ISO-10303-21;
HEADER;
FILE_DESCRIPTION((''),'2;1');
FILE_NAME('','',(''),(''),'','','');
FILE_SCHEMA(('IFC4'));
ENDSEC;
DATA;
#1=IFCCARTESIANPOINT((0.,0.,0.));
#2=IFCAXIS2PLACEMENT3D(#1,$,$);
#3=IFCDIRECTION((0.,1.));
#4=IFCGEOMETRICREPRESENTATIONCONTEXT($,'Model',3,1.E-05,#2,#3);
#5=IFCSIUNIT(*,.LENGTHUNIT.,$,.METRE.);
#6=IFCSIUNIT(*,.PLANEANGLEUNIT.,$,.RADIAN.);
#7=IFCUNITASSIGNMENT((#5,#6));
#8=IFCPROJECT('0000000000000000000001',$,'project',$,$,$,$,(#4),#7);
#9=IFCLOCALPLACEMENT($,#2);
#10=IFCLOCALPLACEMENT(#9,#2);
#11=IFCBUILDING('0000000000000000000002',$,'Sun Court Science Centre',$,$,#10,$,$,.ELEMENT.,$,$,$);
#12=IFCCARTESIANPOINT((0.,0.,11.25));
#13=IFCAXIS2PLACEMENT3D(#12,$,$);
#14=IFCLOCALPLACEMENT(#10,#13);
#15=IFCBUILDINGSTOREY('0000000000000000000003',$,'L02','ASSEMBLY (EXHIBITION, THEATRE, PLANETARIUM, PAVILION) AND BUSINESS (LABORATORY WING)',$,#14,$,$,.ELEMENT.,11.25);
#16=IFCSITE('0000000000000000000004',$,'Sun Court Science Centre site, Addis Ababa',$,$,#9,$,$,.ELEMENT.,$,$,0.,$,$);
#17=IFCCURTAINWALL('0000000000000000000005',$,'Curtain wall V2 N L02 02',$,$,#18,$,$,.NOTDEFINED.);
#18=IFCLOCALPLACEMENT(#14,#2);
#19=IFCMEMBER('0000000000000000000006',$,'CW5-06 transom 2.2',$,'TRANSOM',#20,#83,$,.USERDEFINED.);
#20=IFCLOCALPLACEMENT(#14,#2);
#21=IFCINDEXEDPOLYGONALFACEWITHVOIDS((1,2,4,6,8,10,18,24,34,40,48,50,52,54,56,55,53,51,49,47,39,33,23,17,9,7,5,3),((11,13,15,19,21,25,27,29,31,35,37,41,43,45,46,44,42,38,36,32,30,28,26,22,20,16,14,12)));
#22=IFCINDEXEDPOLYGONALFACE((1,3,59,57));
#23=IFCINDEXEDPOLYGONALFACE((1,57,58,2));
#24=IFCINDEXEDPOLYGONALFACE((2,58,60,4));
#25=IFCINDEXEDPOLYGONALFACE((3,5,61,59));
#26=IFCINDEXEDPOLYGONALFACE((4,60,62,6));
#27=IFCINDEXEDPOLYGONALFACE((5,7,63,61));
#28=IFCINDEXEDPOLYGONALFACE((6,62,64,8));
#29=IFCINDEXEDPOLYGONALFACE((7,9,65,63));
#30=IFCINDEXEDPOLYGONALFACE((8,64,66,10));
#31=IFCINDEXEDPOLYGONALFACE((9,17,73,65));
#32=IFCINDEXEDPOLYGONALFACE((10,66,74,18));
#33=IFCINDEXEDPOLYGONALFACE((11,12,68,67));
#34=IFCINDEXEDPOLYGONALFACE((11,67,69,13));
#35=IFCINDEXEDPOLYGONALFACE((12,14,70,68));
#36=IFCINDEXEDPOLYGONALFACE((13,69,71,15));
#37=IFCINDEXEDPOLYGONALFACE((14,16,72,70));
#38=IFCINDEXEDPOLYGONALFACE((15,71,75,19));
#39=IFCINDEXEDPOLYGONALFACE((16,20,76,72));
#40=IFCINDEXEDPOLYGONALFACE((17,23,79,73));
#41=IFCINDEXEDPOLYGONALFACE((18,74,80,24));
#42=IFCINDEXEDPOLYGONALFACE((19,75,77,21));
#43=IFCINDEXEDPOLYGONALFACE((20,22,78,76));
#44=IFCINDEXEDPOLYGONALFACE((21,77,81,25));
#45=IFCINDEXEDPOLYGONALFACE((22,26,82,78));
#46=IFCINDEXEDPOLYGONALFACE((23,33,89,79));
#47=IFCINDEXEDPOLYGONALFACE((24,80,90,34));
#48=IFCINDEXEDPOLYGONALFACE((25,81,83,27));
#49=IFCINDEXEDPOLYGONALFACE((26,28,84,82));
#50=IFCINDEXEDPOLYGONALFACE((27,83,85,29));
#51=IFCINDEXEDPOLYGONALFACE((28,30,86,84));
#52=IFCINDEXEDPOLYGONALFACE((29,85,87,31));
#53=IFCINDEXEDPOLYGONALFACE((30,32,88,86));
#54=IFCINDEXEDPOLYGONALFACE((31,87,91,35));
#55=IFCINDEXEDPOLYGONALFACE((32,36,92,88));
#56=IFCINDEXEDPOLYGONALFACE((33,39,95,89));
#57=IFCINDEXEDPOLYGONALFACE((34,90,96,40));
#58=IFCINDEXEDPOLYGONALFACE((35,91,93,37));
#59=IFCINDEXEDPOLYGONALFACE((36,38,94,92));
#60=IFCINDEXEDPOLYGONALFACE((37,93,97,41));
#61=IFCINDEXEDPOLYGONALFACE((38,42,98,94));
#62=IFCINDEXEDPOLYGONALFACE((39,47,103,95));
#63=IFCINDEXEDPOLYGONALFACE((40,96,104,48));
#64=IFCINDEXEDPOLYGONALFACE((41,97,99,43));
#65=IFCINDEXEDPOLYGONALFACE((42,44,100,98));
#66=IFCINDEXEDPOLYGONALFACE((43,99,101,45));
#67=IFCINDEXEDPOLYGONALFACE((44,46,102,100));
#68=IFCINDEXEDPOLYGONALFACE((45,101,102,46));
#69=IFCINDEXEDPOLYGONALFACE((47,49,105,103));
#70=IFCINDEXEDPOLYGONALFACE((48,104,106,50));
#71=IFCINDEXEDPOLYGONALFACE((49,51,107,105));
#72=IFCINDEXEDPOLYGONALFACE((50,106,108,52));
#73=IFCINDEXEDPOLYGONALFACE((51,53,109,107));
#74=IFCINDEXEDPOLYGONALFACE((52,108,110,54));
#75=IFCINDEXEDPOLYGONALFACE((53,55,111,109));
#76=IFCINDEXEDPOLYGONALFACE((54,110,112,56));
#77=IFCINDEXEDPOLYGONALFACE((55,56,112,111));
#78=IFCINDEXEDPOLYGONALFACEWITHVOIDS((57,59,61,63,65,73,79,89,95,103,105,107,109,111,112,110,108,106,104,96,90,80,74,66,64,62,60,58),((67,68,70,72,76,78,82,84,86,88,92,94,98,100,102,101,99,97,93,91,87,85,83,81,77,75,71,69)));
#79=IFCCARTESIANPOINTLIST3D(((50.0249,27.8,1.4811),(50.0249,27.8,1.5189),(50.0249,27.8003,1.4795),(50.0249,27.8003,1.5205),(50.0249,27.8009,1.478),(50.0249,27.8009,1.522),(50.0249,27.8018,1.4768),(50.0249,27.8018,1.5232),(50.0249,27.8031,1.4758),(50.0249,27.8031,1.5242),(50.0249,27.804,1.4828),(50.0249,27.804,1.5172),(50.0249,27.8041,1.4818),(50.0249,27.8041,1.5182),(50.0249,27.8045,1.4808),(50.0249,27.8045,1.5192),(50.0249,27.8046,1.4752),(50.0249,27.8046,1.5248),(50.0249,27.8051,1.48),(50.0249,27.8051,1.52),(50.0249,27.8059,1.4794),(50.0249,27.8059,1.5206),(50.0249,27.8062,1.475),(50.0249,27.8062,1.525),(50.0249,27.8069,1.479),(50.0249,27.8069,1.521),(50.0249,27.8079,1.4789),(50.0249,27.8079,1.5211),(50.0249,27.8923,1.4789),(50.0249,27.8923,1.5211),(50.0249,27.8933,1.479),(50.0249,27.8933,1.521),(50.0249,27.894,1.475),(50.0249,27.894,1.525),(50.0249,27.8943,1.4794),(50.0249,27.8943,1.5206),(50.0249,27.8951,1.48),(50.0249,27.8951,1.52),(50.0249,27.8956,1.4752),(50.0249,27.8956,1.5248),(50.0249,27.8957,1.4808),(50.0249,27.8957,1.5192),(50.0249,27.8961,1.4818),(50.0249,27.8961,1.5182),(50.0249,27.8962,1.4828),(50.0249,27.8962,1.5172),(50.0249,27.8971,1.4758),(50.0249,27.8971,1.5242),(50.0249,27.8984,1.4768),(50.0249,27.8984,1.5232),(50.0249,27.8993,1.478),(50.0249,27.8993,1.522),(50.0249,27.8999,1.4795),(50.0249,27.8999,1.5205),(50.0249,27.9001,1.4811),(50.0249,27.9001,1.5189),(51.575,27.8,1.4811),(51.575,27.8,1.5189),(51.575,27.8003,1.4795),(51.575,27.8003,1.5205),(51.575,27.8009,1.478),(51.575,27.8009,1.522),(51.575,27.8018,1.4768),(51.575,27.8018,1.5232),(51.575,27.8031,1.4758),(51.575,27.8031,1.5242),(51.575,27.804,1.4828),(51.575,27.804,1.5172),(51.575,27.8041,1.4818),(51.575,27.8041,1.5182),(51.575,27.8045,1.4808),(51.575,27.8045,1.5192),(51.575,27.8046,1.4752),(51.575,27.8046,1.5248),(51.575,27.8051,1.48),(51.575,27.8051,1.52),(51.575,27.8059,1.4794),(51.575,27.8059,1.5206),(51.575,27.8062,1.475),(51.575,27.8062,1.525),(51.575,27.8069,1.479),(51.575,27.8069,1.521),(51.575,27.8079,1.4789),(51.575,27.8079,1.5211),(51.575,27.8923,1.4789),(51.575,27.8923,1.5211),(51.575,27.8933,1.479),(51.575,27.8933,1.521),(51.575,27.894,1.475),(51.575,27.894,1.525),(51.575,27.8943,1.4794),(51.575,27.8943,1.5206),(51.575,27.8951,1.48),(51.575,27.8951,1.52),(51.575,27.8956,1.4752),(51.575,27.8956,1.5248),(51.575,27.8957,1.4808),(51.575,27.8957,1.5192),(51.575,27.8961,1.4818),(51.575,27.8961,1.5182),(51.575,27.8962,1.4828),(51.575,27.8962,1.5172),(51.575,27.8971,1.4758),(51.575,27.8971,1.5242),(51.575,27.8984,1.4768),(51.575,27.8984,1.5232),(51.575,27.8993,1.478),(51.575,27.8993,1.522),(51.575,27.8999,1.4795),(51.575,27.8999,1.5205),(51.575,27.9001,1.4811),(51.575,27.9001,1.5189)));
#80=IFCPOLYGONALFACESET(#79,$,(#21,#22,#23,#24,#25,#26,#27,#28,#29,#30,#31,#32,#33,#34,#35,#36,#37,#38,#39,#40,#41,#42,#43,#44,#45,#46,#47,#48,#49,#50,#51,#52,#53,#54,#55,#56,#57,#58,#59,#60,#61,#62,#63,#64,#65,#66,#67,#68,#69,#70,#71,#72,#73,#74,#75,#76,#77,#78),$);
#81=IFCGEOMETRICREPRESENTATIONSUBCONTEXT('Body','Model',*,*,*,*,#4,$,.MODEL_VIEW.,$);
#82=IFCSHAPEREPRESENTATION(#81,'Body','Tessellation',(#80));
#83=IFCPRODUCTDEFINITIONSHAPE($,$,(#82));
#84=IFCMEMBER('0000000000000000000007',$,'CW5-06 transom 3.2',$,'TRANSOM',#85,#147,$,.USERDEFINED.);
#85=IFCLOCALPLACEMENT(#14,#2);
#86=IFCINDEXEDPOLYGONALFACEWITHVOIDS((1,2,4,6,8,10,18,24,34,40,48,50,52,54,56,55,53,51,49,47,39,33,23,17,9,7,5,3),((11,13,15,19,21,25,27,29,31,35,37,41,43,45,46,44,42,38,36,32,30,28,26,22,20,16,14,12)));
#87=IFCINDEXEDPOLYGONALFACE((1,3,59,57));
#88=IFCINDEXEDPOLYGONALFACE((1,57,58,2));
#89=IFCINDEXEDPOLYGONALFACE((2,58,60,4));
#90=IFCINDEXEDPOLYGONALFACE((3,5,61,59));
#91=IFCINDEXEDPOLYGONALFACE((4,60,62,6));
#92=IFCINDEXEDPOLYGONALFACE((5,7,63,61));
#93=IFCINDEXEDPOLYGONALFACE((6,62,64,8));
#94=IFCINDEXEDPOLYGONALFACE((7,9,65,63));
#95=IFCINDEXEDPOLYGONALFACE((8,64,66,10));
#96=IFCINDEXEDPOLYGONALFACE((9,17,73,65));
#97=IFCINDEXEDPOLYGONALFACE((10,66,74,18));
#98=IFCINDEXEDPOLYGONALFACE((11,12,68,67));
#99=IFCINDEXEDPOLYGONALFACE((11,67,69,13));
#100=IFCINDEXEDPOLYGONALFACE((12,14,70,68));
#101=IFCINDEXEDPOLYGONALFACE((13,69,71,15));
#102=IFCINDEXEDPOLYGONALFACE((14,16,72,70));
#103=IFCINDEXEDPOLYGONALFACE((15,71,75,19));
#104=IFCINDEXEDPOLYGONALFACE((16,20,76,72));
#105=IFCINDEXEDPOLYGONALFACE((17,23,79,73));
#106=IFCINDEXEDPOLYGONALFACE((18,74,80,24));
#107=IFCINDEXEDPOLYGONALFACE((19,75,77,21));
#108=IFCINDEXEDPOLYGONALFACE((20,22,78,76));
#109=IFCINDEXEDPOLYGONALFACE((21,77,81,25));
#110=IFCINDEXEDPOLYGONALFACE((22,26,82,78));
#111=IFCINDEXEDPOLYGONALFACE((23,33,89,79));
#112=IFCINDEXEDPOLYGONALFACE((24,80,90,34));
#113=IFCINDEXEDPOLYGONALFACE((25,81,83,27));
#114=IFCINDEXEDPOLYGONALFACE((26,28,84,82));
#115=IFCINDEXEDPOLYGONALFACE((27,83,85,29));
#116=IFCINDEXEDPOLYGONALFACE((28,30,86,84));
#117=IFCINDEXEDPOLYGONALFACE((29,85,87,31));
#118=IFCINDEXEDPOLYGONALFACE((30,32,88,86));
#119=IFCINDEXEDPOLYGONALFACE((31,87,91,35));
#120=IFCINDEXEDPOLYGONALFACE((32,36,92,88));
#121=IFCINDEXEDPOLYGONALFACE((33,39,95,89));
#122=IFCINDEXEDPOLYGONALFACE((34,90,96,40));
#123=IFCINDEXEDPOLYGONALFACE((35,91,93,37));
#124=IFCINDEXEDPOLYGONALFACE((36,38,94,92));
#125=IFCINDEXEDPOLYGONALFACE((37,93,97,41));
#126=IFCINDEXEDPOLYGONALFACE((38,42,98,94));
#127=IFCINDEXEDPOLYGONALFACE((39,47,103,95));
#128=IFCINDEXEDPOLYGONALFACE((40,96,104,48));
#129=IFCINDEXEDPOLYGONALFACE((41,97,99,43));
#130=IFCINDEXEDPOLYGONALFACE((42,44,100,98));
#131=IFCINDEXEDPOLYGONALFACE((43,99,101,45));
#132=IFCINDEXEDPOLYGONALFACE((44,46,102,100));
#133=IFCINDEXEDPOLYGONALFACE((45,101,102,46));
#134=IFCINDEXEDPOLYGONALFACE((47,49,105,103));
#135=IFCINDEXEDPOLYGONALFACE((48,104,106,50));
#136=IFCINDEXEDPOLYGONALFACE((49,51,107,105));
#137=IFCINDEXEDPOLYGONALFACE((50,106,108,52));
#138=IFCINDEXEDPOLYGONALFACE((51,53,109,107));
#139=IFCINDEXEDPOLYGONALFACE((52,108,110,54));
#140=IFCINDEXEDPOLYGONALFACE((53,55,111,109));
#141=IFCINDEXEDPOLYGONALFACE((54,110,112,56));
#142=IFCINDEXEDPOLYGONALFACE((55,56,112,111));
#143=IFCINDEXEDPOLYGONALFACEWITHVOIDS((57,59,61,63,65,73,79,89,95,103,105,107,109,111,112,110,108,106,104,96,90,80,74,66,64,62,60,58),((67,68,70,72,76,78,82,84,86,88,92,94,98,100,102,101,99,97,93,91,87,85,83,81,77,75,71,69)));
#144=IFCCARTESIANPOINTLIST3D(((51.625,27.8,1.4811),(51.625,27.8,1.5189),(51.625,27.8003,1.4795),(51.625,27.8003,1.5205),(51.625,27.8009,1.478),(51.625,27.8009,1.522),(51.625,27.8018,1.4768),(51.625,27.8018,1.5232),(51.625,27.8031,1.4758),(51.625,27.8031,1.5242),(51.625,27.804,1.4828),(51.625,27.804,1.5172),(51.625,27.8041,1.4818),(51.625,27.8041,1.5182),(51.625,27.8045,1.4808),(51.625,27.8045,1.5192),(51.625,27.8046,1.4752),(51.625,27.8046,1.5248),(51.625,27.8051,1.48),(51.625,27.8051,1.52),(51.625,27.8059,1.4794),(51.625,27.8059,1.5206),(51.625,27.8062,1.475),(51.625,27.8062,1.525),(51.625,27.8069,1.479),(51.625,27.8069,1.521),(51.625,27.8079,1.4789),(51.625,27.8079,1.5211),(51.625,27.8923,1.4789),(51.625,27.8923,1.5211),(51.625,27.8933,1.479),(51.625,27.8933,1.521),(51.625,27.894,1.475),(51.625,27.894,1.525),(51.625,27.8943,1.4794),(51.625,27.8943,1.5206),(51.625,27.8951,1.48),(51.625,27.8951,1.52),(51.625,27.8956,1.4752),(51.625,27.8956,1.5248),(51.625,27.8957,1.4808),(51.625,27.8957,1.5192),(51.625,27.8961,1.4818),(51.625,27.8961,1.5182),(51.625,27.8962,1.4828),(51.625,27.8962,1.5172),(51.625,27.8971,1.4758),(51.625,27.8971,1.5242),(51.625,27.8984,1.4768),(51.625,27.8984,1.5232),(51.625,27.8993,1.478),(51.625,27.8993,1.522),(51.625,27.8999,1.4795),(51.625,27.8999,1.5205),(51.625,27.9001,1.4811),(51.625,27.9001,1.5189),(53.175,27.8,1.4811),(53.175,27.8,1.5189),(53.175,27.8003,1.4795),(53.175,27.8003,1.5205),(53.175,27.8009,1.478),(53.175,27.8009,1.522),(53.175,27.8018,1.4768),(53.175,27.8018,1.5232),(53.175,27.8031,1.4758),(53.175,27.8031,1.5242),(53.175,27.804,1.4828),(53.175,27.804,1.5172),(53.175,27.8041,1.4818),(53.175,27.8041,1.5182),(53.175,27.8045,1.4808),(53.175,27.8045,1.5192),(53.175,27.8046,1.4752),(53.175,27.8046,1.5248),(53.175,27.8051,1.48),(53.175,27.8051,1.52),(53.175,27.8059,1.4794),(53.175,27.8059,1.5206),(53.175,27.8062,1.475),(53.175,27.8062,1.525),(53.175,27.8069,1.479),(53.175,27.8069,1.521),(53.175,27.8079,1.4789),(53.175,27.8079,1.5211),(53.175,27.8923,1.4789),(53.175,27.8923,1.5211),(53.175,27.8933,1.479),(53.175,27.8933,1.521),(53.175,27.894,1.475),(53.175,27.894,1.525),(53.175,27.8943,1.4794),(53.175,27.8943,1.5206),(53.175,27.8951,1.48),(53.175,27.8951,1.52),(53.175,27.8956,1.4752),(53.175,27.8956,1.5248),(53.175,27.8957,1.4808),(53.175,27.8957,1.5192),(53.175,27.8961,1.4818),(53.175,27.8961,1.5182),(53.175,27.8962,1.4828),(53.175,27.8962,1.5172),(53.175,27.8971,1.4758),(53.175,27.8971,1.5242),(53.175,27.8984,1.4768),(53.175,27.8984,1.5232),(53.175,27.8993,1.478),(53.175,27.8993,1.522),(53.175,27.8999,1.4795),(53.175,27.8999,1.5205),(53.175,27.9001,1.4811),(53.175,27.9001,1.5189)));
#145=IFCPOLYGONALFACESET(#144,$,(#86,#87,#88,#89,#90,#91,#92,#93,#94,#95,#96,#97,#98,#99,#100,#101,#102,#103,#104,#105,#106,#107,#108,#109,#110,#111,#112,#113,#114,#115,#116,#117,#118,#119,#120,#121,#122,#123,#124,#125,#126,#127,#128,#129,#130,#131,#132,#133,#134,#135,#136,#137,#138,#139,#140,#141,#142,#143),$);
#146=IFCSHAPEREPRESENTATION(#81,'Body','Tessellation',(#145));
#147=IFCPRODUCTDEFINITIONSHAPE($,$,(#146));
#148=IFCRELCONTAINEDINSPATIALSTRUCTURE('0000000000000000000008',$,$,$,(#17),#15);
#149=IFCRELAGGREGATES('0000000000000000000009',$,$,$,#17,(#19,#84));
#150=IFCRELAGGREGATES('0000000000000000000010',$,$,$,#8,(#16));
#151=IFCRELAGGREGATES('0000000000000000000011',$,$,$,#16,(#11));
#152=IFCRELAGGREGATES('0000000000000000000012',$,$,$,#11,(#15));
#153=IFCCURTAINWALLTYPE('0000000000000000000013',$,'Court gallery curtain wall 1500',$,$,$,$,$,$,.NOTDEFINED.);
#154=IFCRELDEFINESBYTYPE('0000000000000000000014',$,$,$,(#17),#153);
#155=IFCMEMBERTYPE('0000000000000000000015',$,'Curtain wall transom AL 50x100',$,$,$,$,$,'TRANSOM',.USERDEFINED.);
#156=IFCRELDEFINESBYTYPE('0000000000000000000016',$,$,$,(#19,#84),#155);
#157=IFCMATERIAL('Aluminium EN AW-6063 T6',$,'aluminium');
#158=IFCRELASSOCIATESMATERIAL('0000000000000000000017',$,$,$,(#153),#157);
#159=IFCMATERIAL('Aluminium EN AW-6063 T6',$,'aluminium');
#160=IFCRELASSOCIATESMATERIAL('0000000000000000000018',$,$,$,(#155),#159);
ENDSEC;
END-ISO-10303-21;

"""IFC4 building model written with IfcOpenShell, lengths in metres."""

from ifc_helpers import new_model, si_unit, direction, frame, origin, origin_2d, place, context, subcontext, project, spatial, hollow_rectangle, extrude, material, material_profile, profile_set, type_object, element, aggregate, save


model = new_model("IFC4")

# Units and contexts
model_context = context("Model", 3, precision=1e-05, world=origin(), true_north=direction((0.0, 1.0)))
body_context = subcontext(model_context, "Body", "Model", "MODEL_VIEW")
ifc_project = project(units=[si_unit("LENGTHUNIT", "METRE"), si_unit("PLANEANGLEUNIT", "RADIAN")], contexts=[model_context])

# Site, building, storey
site_placement = place(None, origin())
site = spatial("IfcSite", under=ifc_project, at=site_placement, Name="Sun Court Science Centre site, Addis Ababa", CompositionType="ELEMENT", RefElevation=0.0)
building_placement = place(site_placement, origin())
building = spatial("IfcBuilding", under=site, at=building_placement, Name="Sun Court Science Centre", CompositionType="ELEMENT")
storey_placement = place(building_placement, frame((0.0, 0.0, 11.25)))
storey = spatial("IfcBuildingStorey", under=building, at=storey_placement, Name="L02", Description="ASSEMBLY (EXHIBITION, THEATRE, PLANETARIUM, PAVILION) AND BUSINESS (LABORATORY WING)", CompositionType="ELEMENT", Elevation=11.25)

# Curtain wall
ifc_material_1 = material(Name="Aluminium EN AW-6063 T6", Category="aluminium")
curtain_wall_type_1 = type_object("IfcCurtainWallType", Name="Court gallery curtain wall 1500", PredefinedType="NOTDEFINED", material=ifc_material_1)
curtain_wall_1_placement = place(storey_placement, origin())
curtain_wall_1 = element("IfcCurtainWall", 1, at=curtain_wall_1_placement, inside=storey, type_object=curtain_wall_type_1, Name="Curtain wall V2 N L02 02", PredefinedType="NOTDEFINED")

# Members
ifc_material_2 = material(Name="Aluminium EN AW-6063 T6", Category="aluminium")
ifc_material_profile_1 = material_profile(ifc_material_2, hollow_rectangle(XDim=0.05, YDim=0.1001, WallThickness=0.0039, InnerFilletRadius=0.0039, OuterFilletRadius=0.0061, at=origin_2d()), Name="AL 50x100x4")
ifc_profile_set_1 = profile_set([ifc_material_profile_1], Name="Aluminium EN AW-6063 T6")
member_type_1 = type_object("IfcMemberType", Name="Curtain wall transom AL 50x100", ElementType="TRANSOM", PredefinedType="USERDEFINED", material=ifc_profile_set_1)
member_1_placement = place(storey_placement, frame((50.0249, 27.8501, 1.5), z_axis=(1.0, 0.0, 0.0), x_axis=(0.0, 0.0, 1.0)))
member_1 = element("IfcMember", 2, at=member_1_placement, type_object=member_type_1, Name="CW5-06 transom 2.2", ObjectType="TRANSOM", PredefinedType="USERDEFINED", context=body_context, shape_type="SweptSolid", body=[
    extrude(hollow_rectangle(XDim=0.05, YDim=0.1001, WallThickness=0.0039, InnerFilletRadius=0.0039, OuterFilletRadius=0.0061, at=origin_2d()), origin(), (0.0, 0.0, 1.0), 1.55),
])
member_2_placement = place(storey_placement, frame((51.625, 27.8501, 1.5), z_axis=(1.0, 0.0, 0.0), x_axis=(0.0, 0.0, 1.0)))
member_2 = element("IfcMember", 3, at=member_2_placement, type_object=member_type_1, Name="CW5-06 transom 3.2", ObjectType="TRANSOM", PredefinedType="USERDEFINED", context=body_context, shape_type="SweptSolid", body=[
    extrude(hollow_rectangle(XDim=0.05, YDim=0.1001, WallThickness=0.0039, InnerFilletRadius=0.0039, OuterFilletRadius=0.0061, at=origin_2d()), origin(), (0.0, 0.0, 1.0), 1.55),
])

aggregate(curtain_wall_1, [member_1, member_2])

save(model, "model.ifc")
